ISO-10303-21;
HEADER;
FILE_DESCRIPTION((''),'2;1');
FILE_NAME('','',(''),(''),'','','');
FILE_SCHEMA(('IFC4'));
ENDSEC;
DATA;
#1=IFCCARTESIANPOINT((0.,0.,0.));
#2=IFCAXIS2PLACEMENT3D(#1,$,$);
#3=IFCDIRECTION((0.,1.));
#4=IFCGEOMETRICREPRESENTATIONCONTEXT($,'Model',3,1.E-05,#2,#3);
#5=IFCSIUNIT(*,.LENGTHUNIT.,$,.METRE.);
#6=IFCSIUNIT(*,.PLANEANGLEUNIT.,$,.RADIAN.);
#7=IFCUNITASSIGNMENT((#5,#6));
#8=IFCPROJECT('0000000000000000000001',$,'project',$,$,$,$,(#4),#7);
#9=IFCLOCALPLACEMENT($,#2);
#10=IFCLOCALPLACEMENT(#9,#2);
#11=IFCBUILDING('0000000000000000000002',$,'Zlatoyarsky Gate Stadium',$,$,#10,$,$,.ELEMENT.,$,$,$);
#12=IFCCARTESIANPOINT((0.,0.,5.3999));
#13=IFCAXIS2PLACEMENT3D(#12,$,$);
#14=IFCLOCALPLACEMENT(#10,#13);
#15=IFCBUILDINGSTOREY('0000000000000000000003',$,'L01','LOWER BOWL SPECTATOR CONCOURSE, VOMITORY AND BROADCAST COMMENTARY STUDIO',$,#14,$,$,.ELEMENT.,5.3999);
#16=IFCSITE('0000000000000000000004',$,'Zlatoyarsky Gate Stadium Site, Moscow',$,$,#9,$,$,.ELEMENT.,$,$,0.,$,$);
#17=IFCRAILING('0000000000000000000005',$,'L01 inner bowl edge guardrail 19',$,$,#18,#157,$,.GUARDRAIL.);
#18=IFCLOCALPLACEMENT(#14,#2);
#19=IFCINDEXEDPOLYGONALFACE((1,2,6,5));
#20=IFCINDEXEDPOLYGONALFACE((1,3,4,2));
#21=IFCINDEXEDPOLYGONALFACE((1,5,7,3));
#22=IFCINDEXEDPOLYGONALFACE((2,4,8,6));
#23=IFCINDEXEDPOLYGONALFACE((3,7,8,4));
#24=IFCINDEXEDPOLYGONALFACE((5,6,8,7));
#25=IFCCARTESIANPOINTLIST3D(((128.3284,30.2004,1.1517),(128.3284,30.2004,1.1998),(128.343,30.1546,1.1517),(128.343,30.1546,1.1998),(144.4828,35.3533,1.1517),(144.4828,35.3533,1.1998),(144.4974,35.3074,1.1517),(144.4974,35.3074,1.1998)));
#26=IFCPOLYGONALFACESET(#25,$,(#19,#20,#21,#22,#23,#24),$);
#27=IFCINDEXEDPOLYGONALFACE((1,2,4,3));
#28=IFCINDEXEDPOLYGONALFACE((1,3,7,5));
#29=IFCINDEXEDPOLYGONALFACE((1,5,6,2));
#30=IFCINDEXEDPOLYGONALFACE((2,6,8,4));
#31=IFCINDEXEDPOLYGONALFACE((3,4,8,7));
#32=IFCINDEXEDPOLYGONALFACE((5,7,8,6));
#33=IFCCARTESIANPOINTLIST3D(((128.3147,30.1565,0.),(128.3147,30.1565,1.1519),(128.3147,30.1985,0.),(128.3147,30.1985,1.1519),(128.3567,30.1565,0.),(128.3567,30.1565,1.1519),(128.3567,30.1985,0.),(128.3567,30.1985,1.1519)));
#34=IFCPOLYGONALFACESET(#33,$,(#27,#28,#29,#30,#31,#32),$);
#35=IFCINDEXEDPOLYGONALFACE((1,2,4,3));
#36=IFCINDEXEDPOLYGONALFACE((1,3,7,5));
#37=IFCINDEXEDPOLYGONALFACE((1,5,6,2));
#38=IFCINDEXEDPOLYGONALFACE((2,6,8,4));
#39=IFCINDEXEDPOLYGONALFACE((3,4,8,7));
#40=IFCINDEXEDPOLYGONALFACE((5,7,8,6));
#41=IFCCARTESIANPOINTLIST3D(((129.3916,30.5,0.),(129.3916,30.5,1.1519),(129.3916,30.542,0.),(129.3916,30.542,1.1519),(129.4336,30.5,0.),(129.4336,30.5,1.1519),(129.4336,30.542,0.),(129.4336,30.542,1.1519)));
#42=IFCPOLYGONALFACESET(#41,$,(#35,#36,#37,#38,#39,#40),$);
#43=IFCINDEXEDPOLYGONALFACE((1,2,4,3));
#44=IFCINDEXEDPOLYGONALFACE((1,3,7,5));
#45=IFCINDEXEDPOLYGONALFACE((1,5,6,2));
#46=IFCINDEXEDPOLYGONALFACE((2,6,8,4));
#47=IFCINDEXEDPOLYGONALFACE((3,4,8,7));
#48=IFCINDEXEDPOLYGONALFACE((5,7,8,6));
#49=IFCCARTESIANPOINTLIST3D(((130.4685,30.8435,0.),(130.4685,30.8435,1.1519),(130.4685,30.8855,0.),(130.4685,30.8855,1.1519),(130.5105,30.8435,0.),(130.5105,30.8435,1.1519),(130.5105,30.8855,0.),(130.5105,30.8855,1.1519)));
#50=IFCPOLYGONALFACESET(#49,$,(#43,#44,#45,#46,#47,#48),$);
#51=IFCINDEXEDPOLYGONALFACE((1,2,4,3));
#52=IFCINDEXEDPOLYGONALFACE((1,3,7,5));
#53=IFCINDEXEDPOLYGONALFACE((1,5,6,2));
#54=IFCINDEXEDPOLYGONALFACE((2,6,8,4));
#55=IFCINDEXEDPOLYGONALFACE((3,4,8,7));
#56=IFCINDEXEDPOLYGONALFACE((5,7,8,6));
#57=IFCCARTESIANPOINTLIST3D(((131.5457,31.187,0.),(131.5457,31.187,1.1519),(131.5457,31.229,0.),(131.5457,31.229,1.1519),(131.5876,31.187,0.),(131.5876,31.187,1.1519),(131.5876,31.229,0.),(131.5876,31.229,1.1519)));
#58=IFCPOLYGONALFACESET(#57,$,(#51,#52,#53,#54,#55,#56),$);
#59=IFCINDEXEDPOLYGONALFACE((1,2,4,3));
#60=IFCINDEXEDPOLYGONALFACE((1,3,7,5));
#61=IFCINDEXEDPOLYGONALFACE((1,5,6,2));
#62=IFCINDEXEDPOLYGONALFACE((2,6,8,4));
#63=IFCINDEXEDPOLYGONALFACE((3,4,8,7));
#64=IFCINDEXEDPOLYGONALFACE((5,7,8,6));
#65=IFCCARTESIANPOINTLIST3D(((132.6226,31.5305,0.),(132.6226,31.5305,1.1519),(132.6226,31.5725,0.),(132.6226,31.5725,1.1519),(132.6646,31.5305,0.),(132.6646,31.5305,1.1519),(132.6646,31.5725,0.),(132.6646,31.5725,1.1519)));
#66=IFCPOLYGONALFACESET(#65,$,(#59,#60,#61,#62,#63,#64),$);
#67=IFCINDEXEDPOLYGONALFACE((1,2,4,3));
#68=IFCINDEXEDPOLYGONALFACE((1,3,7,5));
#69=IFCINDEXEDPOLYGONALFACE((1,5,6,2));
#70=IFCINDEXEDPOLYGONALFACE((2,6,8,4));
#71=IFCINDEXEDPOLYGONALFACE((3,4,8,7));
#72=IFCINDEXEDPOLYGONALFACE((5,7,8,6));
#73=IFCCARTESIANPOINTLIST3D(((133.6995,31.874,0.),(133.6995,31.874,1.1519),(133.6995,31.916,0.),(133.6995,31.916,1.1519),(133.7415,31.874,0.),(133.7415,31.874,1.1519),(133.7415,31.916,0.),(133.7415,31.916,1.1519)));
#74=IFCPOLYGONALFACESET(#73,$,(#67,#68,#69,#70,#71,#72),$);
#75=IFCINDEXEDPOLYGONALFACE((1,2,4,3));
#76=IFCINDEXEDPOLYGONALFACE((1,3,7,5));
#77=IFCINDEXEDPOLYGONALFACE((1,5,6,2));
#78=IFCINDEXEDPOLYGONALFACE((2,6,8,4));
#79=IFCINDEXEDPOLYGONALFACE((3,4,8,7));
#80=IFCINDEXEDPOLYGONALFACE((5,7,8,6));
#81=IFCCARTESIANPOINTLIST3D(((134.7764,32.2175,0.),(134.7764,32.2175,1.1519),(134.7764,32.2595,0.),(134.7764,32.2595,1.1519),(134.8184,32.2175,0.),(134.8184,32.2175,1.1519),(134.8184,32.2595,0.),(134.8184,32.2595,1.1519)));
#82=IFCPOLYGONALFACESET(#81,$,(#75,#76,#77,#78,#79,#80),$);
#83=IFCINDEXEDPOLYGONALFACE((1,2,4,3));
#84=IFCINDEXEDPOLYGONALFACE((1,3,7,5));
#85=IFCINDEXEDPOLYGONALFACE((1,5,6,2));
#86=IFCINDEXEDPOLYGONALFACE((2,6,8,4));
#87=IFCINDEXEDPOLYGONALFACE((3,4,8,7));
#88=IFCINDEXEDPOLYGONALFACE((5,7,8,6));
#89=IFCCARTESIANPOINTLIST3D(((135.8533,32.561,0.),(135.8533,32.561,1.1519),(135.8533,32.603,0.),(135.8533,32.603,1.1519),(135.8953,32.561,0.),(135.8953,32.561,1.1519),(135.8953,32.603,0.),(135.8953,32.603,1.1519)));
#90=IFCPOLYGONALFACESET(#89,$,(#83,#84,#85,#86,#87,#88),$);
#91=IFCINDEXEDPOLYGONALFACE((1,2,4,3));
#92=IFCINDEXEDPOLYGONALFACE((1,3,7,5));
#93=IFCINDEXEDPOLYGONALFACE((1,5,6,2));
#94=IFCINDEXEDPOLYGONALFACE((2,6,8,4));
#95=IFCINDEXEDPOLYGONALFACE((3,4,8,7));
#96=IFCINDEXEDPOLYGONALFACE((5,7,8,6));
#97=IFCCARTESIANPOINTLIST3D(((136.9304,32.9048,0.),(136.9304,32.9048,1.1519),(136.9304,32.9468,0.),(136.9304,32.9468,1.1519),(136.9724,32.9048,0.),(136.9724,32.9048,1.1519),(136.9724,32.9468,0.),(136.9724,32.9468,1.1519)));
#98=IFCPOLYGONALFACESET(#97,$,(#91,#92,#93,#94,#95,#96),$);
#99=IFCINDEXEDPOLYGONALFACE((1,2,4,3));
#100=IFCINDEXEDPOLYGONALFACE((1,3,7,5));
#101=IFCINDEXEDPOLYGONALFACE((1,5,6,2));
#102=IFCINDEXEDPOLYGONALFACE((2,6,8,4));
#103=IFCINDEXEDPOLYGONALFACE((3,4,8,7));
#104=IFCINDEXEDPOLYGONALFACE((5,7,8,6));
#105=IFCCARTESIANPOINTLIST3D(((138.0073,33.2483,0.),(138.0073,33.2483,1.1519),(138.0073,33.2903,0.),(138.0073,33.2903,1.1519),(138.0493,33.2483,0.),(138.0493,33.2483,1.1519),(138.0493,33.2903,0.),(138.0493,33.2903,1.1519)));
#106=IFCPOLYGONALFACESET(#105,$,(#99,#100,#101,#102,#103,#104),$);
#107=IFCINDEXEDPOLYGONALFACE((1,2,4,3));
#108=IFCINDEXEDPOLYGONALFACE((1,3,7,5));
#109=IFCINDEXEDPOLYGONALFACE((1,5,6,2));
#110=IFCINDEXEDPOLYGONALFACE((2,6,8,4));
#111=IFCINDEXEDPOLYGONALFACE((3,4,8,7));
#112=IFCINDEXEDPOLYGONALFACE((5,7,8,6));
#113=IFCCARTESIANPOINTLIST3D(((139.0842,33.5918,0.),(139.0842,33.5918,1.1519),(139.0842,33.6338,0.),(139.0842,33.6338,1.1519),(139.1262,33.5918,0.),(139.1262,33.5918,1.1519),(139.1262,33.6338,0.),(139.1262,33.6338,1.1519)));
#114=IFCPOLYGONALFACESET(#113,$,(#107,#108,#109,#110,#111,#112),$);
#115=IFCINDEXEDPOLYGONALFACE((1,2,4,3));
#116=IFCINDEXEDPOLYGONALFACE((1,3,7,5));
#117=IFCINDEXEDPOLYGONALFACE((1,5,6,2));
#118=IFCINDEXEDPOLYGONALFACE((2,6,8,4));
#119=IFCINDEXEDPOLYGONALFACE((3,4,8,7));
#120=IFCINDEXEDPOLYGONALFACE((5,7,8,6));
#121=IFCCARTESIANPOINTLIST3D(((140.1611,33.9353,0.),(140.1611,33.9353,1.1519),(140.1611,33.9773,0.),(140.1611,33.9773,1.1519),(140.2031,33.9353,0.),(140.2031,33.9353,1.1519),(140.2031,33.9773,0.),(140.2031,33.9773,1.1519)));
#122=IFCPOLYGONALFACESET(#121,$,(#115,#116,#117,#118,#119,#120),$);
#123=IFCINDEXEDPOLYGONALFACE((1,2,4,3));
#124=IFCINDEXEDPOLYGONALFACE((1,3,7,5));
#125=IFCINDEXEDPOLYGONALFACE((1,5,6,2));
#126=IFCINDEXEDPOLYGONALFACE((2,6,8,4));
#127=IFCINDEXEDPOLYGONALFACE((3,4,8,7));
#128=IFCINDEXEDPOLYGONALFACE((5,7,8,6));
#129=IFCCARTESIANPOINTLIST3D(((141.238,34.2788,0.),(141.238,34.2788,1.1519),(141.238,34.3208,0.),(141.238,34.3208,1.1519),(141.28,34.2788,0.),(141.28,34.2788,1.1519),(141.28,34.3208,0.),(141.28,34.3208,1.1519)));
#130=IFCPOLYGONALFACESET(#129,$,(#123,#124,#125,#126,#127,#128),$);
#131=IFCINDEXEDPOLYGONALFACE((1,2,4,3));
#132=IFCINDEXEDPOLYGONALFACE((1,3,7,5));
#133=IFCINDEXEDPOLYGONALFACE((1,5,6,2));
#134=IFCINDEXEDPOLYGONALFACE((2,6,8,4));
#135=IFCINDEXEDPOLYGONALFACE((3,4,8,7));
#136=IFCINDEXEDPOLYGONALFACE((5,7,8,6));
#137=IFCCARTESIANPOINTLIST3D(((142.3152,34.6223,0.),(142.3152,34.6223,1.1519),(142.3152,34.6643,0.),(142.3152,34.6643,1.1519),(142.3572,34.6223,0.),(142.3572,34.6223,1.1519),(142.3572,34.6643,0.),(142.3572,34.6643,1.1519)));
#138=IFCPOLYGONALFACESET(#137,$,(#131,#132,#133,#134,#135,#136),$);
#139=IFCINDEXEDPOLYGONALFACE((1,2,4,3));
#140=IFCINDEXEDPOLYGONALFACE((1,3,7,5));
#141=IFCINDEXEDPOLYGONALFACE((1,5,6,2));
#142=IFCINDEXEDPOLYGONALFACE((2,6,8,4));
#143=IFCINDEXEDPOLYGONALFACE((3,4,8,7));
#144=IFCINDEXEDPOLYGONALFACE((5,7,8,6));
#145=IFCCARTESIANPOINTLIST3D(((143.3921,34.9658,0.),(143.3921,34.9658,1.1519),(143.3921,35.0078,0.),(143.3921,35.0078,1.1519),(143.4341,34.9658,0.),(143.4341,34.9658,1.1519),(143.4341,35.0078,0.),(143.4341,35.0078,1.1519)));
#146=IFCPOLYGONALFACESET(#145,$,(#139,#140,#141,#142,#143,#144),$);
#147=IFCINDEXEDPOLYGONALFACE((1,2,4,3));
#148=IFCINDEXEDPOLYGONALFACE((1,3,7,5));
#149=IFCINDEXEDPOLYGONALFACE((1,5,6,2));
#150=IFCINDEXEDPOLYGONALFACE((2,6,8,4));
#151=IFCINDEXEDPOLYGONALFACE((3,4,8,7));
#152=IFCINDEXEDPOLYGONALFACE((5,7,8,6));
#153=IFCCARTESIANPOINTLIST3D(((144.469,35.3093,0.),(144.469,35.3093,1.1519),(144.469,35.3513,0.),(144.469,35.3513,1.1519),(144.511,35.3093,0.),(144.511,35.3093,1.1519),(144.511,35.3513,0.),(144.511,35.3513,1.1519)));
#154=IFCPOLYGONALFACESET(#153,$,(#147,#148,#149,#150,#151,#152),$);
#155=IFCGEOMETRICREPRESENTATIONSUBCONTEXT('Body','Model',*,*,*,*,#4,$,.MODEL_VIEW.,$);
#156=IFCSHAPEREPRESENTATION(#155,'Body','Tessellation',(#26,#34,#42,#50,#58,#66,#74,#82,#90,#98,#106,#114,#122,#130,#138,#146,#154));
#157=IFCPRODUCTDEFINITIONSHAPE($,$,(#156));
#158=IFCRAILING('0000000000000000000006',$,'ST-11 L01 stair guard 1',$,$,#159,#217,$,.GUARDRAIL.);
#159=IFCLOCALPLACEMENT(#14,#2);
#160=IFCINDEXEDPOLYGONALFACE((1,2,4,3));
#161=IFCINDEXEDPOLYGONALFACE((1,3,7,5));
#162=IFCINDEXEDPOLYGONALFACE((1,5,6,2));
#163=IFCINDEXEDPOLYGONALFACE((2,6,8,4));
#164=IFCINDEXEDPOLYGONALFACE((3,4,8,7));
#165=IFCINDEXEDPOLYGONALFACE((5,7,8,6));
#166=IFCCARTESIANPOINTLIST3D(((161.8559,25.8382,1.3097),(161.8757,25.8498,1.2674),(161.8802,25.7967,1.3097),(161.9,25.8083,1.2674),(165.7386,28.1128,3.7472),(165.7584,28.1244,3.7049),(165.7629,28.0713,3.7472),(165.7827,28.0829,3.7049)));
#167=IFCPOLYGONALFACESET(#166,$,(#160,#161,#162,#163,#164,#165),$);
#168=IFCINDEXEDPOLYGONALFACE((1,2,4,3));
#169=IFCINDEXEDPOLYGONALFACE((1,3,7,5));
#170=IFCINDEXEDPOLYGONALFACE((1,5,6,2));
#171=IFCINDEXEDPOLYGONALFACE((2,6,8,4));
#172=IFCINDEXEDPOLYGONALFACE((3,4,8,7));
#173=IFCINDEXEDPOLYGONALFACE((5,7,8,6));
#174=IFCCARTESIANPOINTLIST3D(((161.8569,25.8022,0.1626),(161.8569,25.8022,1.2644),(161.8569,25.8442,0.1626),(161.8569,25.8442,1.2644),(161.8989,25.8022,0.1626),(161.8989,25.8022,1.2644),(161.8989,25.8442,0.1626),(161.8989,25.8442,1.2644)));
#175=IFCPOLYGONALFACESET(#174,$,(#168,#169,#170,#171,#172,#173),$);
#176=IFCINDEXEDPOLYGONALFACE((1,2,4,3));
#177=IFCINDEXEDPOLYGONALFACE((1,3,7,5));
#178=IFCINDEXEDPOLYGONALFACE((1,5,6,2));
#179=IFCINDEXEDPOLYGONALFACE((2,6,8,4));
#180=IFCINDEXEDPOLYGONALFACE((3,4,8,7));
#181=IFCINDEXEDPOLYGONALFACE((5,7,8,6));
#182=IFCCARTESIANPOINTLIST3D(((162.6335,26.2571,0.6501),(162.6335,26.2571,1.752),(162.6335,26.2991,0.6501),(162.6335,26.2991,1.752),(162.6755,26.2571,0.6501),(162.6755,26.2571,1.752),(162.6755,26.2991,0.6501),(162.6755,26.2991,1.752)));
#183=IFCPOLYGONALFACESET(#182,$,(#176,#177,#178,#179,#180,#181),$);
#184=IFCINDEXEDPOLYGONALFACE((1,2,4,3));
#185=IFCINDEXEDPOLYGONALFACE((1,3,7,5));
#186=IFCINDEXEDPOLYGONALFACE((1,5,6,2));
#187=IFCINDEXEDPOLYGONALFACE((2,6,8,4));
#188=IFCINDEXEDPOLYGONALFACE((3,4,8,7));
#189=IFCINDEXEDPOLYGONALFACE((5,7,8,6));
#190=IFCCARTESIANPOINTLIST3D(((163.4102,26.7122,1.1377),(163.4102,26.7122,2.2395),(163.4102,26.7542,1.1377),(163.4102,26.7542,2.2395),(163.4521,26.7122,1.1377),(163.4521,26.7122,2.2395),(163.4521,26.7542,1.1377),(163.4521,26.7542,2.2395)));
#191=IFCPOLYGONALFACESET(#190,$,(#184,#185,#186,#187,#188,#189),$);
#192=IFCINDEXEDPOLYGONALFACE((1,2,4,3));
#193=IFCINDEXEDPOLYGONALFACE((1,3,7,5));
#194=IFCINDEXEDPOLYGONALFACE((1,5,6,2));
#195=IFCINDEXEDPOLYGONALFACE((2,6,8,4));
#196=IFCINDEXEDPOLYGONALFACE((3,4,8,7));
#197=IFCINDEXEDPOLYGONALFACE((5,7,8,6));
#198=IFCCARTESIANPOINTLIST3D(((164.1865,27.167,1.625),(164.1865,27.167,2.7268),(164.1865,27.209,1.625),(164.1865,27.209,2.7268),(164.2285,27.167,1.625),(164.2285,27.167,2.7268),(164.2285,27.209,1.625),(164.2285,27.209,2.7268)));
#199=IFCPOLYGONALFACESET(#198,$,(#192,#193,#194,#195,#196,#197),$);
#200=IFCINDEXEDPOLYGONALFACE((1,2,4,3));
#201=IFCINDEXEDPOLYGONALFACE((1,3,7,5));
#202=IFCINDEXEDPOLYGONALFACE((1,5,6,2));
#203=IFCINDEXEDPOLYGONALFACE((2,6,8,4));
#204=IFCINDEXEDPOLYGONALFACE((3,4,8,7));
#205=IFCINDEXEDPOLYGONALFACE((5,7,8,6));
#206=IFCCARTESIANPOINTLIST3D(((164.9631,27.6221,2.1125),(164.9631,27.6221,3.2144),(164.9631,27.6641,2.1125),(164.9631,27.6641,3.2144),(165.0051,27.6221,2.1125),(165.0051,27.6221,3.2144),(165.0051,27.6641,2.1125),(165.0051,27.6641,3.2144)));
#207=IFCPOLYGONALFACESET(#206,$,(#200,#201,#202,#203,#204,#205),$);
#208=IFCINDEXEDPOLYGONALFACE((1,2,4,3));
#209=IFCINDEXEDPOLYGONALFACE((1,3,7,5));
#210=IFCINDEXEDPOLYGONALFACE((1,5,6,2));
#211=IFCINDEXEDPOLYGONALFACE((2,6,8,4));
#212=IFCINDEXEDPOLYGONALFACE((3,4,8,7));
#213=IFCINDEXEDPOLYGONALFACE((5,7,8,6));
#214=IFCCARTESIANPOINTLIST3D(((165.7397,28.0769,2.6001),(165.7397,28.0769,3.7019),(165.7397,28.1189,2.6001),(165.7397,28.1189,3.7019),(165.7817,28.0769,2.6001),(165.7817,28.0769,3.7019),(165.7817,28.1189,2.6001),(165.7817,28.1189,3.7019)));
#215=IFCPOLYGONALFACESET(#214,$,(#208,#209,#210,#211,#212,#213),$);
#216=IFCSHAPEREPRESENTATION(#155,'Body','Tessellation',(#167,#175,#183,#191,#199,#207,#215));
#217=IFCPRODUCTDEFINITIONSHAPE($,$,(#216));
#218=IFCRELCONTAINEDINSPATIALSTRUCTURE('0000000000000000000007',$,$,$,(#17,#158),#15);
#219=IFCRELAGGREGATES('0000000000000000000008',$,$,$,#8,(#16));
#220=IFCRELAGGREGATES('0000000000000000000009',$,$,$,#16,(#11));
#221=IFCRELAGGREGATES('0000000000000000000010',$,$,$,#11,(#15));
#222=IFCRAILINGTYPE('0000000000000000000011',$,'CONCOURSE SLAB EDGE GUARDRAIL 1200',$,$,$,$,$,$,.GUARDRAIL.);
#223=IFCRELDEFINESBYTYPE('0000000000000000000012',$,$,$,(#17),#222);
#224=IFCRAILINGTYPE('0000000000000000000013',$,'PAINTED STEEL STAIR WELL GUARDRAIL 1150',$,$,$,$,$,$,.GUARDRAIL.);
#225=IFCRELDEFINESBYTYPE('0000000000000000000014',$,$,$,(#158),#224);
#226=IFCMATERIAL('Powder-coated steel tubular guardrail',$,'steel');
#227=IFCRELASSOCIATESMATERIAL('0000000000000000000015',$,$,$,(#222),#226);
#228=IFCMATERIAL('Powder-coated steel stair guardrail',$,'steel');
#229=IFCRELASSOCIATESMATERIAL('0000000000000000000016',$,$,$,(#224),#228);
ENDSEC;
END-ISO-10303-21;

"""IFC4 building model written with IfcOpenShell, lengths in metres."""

from ifc_helpers import new_model, si_unit, direction, frame, origin, origin_2d, place, context, subcontext, project, spatial, rectangle, extrude, material, type_object, element, save


model = new_model("IFC4")

# Units and contexts
model_context = context("Model", 3, precision=1e-05, world=origin(), true_north=direction((0.0, 1.0)))
body_context = subcontext(model_context, "Body", "Model", "MODEL_VIEW")
ifc_project = project(units=[si_unit("LENGTHUNIT", "METRE"), si_unit("PLANEANGLEUNIT", "RADIAN")], contexts=[model_context])

# Site, building, storey
site_placement = place(None, origin())
site = spatial("IfcSite", under=ifc_project, at=site_placement, Name="Zlatoyarsky Gate Stadium Site, Moscow", CompositionType="ELEMENT", RefElevation=0.0)
building_placement = place(site_placement, origin())
building = spatial("IfcBuilding", under=site, at=building_placement, Name="Zlatoyarsky Gate Stadium", CompositionType="ELEMENT")
storey_placement = place(building_placement, frame((0.0, 0.0, 5.3999)))
storey = spatial("IfcBuildingStorey", under=building, at=storey_placement, Name="L01", Description="LOWER BOWL SPECTATOR CONCOURSE, VOMITORY AND BROADCAST COMMENTARY STUDIO", CompositionType="ELEMENT", Elevation=5.3999)

# Railings
ifc_material_1 = material(Name="Powder-coated steel tubular guardrail", Category="steel")
railing_type_1 = type_object("IfcRailingType", Name="CONCOURSE SLAB EDGE GUARDRAIL 1200", PredefinedType="GUARDRAIL", material=ifc_material_1)
railing_1_placement = place(storey_placement, frame((128.3357, 30.1775, 0.0)))
element("IfcRailing", 1, at=railing_1_placement, inside=storey, type_object=railing_type_1, Name="L01 inner bowl edge guardrail 19", PredefinedType="GUARDRAIL", context=body_context, shape_type="SweptSolid", body=[
    extrude(rectangle(XDim=0.0481, YDim=0.0481, at=origin_2d()), frame((0.0, 0.0, 1.1758), z_axis=(0.952707, 0.303891, 0.0), x_axis=(-0.303891, 0.952707, 0.0)), (0.0, 0.0, 1.0), 16.9563),
    extrude(rectangle(XDim=0.042, YDim=0.042, at=origin_2d()), origin(), (0.0, 0.0, 1.0), 1.1519),
    extrude(rectangle(XDim=0.042, YDim=0.042, at=origin_2d()), frame((1.0769, 0.3435, 0.0)), (0.0, 0.0, 1.0), 1.1519),
    extrude(rectangle(XDim=0.042, YDim=0.042, at=origin_2d()), frame((2.1538, 0.687, 0.0)), (0.0, 0.0, 1.0), 1.1519),
    extrude(rectangle(XDim=0.042, YDim=0.042, at=origin_2d()), frame((3.231, 1.0305, 0.0)), (0.0, 0.0, 1.0), 1.1519),
    extrude(rectangle(XDim=0.042, YDim=0.042, at=origin_2d()), frame((4.3079, 1.374, 0.0)), (0.0, 0.0, 1.0), 1.1519),
    extrude(rectangle(XDim=0.042, YDim=0.042, at=origin_2d()), frame((5.3848, 1.7175, 0.0)), (0.0, 0.0, 1.0), 1.1519),
    extrude(rectangle(XDim=0.042, YDim=0.042, at=origin_2d()), frame((6.4617, 2.061, 0.0)), (0.0, 0.0, 1.0), 1.1519),
    extrude(rectangle(XDim=0.042, YDim=0.042, at=origin_2d()), frame((7.5386, 2.4045, 0.0)), (0.0, 0.0, 1.0), 1.1519),
    extrude(rectangle(XDim=0.042, YDim=0.042, at=origin_2d()), frame((8.6157, 2.7483, 0.0)), (0.0, 0.0, 1.0), 1.1519),
    extrude(rectangle(XDim=0.042, YDim=0.042, at=origin_2d()), frame((9.6926, 3.0918, 0.0)), (0.0, 0.0, 1.0), 1.1519),
    extrude(rectangle(XDim=0.042, YDim=0.042, at=origin_2d()), frame((10.7695, 3.4353, 0.0)), (0.0, 0.0, 1.0), 1.1519),
    extrude(rectangle(XDim=0.042, YDim=0.042, at=origin_2d()), frame((11.8464, 3.7788, 0.0)), (0.0, 0.0, 1.0), 1.1519),
    extrude(rectangle(XDim=0.042, YDim=0.042, at=origin_2d()), frame((12.9233, 4.1223, 0.0)), (0.0, 0.0, 1.0), 1.1519),
    extrude(rectangle(XDim=0.042, YDim=0.042, at=origin_2d()), frame((14.0005, 4.4658, 0.0)), (0.0, 0.0, 1.0), 1.1519),
    extrude(rectangle(XDim=0.042, YDim=0.042, at=origin_2d()), frame((15.0774, 4.8093, 0.0)), (0.0, 0.0, 1.0), 1.1519),
    extrude(rectangle(XDim=0.042, YDim=0.042, at=origin_2d()), frame((16.1543, 5.1528, 0.0)), (0.0, 0.0, 1.0), 1.1519),
])
ifc_material_2 = material(Name="Powder-coated steel stair guardrail", Category="steel")
railing_type_2 = type_object("IfcRailingType", Name="PAINTED STEEL STAIR WELL GUARDRAIL 1150", PredefinedType="GUARDRAIL", material=ifc_material_2)
railing_2_placement = place(storey_placement, frame((161.8779, 25.8232, 0.1626)))
element("IfcRailing", 2, at=railing_2_placement, inside=storey, type_object=railing_type_2, Name="ST-11 L01 stair guard 1", PredefinedType="GUARDRAIL", context=body_context, shape_type="SweptSolid", body=[
    extrude(rectangle(XDim=0.0481, YDim=0.0481, at=origin_2d()), frame((0.0, 0.0, 1.126), z_axis=(0.75869, 0.444462, 0.47628), x_axis=(-0.505476, 0.862841, 0.0)), (0.0, 0.0, 1.0), 5.1177),
    extrude(rectangle(XDim=0.042, YDim=0.042, at=origin_2d()), origin(), (0.0, 0.0, 1.0), 1.1018),
    extrude(rectangle(XDim=0.042, YDim=0.042, at=origin_2d()), frame((0.7766, 0.4548, 0.4875)), (0.0, 0.0, 1.0), 1.1018),
    extrude(rectangle(XDim=0.042, YDim=0.042, at=origin_2d()), frame((1.5532, 0.9099, 0.9751)), (0.0, 0.0, 1.0), 1.1018),
    extrude(rectangle(XDim=0.042, YDim=0.042, at=origin_2d()), frame((2.3296, 1.3647, 1.4624)), (0.0, 0.0, 1.0), 1.1018),
    extrude(rectangle(XDim=0.042, YDim=0.042, at=origin_2d()), frame((3.1062, 1.8198, 1.95)), (0.0, 0.0, 1.0), 1.1018),
    extrude(rectangle(XDim=0.042, YDim=0.042, at=origin_2d()), frame((3.8828, 2.2747, 2.4375)), (0.0, 0.0, 1.0), 1.1018),
])

save(model, "model.ifc")
